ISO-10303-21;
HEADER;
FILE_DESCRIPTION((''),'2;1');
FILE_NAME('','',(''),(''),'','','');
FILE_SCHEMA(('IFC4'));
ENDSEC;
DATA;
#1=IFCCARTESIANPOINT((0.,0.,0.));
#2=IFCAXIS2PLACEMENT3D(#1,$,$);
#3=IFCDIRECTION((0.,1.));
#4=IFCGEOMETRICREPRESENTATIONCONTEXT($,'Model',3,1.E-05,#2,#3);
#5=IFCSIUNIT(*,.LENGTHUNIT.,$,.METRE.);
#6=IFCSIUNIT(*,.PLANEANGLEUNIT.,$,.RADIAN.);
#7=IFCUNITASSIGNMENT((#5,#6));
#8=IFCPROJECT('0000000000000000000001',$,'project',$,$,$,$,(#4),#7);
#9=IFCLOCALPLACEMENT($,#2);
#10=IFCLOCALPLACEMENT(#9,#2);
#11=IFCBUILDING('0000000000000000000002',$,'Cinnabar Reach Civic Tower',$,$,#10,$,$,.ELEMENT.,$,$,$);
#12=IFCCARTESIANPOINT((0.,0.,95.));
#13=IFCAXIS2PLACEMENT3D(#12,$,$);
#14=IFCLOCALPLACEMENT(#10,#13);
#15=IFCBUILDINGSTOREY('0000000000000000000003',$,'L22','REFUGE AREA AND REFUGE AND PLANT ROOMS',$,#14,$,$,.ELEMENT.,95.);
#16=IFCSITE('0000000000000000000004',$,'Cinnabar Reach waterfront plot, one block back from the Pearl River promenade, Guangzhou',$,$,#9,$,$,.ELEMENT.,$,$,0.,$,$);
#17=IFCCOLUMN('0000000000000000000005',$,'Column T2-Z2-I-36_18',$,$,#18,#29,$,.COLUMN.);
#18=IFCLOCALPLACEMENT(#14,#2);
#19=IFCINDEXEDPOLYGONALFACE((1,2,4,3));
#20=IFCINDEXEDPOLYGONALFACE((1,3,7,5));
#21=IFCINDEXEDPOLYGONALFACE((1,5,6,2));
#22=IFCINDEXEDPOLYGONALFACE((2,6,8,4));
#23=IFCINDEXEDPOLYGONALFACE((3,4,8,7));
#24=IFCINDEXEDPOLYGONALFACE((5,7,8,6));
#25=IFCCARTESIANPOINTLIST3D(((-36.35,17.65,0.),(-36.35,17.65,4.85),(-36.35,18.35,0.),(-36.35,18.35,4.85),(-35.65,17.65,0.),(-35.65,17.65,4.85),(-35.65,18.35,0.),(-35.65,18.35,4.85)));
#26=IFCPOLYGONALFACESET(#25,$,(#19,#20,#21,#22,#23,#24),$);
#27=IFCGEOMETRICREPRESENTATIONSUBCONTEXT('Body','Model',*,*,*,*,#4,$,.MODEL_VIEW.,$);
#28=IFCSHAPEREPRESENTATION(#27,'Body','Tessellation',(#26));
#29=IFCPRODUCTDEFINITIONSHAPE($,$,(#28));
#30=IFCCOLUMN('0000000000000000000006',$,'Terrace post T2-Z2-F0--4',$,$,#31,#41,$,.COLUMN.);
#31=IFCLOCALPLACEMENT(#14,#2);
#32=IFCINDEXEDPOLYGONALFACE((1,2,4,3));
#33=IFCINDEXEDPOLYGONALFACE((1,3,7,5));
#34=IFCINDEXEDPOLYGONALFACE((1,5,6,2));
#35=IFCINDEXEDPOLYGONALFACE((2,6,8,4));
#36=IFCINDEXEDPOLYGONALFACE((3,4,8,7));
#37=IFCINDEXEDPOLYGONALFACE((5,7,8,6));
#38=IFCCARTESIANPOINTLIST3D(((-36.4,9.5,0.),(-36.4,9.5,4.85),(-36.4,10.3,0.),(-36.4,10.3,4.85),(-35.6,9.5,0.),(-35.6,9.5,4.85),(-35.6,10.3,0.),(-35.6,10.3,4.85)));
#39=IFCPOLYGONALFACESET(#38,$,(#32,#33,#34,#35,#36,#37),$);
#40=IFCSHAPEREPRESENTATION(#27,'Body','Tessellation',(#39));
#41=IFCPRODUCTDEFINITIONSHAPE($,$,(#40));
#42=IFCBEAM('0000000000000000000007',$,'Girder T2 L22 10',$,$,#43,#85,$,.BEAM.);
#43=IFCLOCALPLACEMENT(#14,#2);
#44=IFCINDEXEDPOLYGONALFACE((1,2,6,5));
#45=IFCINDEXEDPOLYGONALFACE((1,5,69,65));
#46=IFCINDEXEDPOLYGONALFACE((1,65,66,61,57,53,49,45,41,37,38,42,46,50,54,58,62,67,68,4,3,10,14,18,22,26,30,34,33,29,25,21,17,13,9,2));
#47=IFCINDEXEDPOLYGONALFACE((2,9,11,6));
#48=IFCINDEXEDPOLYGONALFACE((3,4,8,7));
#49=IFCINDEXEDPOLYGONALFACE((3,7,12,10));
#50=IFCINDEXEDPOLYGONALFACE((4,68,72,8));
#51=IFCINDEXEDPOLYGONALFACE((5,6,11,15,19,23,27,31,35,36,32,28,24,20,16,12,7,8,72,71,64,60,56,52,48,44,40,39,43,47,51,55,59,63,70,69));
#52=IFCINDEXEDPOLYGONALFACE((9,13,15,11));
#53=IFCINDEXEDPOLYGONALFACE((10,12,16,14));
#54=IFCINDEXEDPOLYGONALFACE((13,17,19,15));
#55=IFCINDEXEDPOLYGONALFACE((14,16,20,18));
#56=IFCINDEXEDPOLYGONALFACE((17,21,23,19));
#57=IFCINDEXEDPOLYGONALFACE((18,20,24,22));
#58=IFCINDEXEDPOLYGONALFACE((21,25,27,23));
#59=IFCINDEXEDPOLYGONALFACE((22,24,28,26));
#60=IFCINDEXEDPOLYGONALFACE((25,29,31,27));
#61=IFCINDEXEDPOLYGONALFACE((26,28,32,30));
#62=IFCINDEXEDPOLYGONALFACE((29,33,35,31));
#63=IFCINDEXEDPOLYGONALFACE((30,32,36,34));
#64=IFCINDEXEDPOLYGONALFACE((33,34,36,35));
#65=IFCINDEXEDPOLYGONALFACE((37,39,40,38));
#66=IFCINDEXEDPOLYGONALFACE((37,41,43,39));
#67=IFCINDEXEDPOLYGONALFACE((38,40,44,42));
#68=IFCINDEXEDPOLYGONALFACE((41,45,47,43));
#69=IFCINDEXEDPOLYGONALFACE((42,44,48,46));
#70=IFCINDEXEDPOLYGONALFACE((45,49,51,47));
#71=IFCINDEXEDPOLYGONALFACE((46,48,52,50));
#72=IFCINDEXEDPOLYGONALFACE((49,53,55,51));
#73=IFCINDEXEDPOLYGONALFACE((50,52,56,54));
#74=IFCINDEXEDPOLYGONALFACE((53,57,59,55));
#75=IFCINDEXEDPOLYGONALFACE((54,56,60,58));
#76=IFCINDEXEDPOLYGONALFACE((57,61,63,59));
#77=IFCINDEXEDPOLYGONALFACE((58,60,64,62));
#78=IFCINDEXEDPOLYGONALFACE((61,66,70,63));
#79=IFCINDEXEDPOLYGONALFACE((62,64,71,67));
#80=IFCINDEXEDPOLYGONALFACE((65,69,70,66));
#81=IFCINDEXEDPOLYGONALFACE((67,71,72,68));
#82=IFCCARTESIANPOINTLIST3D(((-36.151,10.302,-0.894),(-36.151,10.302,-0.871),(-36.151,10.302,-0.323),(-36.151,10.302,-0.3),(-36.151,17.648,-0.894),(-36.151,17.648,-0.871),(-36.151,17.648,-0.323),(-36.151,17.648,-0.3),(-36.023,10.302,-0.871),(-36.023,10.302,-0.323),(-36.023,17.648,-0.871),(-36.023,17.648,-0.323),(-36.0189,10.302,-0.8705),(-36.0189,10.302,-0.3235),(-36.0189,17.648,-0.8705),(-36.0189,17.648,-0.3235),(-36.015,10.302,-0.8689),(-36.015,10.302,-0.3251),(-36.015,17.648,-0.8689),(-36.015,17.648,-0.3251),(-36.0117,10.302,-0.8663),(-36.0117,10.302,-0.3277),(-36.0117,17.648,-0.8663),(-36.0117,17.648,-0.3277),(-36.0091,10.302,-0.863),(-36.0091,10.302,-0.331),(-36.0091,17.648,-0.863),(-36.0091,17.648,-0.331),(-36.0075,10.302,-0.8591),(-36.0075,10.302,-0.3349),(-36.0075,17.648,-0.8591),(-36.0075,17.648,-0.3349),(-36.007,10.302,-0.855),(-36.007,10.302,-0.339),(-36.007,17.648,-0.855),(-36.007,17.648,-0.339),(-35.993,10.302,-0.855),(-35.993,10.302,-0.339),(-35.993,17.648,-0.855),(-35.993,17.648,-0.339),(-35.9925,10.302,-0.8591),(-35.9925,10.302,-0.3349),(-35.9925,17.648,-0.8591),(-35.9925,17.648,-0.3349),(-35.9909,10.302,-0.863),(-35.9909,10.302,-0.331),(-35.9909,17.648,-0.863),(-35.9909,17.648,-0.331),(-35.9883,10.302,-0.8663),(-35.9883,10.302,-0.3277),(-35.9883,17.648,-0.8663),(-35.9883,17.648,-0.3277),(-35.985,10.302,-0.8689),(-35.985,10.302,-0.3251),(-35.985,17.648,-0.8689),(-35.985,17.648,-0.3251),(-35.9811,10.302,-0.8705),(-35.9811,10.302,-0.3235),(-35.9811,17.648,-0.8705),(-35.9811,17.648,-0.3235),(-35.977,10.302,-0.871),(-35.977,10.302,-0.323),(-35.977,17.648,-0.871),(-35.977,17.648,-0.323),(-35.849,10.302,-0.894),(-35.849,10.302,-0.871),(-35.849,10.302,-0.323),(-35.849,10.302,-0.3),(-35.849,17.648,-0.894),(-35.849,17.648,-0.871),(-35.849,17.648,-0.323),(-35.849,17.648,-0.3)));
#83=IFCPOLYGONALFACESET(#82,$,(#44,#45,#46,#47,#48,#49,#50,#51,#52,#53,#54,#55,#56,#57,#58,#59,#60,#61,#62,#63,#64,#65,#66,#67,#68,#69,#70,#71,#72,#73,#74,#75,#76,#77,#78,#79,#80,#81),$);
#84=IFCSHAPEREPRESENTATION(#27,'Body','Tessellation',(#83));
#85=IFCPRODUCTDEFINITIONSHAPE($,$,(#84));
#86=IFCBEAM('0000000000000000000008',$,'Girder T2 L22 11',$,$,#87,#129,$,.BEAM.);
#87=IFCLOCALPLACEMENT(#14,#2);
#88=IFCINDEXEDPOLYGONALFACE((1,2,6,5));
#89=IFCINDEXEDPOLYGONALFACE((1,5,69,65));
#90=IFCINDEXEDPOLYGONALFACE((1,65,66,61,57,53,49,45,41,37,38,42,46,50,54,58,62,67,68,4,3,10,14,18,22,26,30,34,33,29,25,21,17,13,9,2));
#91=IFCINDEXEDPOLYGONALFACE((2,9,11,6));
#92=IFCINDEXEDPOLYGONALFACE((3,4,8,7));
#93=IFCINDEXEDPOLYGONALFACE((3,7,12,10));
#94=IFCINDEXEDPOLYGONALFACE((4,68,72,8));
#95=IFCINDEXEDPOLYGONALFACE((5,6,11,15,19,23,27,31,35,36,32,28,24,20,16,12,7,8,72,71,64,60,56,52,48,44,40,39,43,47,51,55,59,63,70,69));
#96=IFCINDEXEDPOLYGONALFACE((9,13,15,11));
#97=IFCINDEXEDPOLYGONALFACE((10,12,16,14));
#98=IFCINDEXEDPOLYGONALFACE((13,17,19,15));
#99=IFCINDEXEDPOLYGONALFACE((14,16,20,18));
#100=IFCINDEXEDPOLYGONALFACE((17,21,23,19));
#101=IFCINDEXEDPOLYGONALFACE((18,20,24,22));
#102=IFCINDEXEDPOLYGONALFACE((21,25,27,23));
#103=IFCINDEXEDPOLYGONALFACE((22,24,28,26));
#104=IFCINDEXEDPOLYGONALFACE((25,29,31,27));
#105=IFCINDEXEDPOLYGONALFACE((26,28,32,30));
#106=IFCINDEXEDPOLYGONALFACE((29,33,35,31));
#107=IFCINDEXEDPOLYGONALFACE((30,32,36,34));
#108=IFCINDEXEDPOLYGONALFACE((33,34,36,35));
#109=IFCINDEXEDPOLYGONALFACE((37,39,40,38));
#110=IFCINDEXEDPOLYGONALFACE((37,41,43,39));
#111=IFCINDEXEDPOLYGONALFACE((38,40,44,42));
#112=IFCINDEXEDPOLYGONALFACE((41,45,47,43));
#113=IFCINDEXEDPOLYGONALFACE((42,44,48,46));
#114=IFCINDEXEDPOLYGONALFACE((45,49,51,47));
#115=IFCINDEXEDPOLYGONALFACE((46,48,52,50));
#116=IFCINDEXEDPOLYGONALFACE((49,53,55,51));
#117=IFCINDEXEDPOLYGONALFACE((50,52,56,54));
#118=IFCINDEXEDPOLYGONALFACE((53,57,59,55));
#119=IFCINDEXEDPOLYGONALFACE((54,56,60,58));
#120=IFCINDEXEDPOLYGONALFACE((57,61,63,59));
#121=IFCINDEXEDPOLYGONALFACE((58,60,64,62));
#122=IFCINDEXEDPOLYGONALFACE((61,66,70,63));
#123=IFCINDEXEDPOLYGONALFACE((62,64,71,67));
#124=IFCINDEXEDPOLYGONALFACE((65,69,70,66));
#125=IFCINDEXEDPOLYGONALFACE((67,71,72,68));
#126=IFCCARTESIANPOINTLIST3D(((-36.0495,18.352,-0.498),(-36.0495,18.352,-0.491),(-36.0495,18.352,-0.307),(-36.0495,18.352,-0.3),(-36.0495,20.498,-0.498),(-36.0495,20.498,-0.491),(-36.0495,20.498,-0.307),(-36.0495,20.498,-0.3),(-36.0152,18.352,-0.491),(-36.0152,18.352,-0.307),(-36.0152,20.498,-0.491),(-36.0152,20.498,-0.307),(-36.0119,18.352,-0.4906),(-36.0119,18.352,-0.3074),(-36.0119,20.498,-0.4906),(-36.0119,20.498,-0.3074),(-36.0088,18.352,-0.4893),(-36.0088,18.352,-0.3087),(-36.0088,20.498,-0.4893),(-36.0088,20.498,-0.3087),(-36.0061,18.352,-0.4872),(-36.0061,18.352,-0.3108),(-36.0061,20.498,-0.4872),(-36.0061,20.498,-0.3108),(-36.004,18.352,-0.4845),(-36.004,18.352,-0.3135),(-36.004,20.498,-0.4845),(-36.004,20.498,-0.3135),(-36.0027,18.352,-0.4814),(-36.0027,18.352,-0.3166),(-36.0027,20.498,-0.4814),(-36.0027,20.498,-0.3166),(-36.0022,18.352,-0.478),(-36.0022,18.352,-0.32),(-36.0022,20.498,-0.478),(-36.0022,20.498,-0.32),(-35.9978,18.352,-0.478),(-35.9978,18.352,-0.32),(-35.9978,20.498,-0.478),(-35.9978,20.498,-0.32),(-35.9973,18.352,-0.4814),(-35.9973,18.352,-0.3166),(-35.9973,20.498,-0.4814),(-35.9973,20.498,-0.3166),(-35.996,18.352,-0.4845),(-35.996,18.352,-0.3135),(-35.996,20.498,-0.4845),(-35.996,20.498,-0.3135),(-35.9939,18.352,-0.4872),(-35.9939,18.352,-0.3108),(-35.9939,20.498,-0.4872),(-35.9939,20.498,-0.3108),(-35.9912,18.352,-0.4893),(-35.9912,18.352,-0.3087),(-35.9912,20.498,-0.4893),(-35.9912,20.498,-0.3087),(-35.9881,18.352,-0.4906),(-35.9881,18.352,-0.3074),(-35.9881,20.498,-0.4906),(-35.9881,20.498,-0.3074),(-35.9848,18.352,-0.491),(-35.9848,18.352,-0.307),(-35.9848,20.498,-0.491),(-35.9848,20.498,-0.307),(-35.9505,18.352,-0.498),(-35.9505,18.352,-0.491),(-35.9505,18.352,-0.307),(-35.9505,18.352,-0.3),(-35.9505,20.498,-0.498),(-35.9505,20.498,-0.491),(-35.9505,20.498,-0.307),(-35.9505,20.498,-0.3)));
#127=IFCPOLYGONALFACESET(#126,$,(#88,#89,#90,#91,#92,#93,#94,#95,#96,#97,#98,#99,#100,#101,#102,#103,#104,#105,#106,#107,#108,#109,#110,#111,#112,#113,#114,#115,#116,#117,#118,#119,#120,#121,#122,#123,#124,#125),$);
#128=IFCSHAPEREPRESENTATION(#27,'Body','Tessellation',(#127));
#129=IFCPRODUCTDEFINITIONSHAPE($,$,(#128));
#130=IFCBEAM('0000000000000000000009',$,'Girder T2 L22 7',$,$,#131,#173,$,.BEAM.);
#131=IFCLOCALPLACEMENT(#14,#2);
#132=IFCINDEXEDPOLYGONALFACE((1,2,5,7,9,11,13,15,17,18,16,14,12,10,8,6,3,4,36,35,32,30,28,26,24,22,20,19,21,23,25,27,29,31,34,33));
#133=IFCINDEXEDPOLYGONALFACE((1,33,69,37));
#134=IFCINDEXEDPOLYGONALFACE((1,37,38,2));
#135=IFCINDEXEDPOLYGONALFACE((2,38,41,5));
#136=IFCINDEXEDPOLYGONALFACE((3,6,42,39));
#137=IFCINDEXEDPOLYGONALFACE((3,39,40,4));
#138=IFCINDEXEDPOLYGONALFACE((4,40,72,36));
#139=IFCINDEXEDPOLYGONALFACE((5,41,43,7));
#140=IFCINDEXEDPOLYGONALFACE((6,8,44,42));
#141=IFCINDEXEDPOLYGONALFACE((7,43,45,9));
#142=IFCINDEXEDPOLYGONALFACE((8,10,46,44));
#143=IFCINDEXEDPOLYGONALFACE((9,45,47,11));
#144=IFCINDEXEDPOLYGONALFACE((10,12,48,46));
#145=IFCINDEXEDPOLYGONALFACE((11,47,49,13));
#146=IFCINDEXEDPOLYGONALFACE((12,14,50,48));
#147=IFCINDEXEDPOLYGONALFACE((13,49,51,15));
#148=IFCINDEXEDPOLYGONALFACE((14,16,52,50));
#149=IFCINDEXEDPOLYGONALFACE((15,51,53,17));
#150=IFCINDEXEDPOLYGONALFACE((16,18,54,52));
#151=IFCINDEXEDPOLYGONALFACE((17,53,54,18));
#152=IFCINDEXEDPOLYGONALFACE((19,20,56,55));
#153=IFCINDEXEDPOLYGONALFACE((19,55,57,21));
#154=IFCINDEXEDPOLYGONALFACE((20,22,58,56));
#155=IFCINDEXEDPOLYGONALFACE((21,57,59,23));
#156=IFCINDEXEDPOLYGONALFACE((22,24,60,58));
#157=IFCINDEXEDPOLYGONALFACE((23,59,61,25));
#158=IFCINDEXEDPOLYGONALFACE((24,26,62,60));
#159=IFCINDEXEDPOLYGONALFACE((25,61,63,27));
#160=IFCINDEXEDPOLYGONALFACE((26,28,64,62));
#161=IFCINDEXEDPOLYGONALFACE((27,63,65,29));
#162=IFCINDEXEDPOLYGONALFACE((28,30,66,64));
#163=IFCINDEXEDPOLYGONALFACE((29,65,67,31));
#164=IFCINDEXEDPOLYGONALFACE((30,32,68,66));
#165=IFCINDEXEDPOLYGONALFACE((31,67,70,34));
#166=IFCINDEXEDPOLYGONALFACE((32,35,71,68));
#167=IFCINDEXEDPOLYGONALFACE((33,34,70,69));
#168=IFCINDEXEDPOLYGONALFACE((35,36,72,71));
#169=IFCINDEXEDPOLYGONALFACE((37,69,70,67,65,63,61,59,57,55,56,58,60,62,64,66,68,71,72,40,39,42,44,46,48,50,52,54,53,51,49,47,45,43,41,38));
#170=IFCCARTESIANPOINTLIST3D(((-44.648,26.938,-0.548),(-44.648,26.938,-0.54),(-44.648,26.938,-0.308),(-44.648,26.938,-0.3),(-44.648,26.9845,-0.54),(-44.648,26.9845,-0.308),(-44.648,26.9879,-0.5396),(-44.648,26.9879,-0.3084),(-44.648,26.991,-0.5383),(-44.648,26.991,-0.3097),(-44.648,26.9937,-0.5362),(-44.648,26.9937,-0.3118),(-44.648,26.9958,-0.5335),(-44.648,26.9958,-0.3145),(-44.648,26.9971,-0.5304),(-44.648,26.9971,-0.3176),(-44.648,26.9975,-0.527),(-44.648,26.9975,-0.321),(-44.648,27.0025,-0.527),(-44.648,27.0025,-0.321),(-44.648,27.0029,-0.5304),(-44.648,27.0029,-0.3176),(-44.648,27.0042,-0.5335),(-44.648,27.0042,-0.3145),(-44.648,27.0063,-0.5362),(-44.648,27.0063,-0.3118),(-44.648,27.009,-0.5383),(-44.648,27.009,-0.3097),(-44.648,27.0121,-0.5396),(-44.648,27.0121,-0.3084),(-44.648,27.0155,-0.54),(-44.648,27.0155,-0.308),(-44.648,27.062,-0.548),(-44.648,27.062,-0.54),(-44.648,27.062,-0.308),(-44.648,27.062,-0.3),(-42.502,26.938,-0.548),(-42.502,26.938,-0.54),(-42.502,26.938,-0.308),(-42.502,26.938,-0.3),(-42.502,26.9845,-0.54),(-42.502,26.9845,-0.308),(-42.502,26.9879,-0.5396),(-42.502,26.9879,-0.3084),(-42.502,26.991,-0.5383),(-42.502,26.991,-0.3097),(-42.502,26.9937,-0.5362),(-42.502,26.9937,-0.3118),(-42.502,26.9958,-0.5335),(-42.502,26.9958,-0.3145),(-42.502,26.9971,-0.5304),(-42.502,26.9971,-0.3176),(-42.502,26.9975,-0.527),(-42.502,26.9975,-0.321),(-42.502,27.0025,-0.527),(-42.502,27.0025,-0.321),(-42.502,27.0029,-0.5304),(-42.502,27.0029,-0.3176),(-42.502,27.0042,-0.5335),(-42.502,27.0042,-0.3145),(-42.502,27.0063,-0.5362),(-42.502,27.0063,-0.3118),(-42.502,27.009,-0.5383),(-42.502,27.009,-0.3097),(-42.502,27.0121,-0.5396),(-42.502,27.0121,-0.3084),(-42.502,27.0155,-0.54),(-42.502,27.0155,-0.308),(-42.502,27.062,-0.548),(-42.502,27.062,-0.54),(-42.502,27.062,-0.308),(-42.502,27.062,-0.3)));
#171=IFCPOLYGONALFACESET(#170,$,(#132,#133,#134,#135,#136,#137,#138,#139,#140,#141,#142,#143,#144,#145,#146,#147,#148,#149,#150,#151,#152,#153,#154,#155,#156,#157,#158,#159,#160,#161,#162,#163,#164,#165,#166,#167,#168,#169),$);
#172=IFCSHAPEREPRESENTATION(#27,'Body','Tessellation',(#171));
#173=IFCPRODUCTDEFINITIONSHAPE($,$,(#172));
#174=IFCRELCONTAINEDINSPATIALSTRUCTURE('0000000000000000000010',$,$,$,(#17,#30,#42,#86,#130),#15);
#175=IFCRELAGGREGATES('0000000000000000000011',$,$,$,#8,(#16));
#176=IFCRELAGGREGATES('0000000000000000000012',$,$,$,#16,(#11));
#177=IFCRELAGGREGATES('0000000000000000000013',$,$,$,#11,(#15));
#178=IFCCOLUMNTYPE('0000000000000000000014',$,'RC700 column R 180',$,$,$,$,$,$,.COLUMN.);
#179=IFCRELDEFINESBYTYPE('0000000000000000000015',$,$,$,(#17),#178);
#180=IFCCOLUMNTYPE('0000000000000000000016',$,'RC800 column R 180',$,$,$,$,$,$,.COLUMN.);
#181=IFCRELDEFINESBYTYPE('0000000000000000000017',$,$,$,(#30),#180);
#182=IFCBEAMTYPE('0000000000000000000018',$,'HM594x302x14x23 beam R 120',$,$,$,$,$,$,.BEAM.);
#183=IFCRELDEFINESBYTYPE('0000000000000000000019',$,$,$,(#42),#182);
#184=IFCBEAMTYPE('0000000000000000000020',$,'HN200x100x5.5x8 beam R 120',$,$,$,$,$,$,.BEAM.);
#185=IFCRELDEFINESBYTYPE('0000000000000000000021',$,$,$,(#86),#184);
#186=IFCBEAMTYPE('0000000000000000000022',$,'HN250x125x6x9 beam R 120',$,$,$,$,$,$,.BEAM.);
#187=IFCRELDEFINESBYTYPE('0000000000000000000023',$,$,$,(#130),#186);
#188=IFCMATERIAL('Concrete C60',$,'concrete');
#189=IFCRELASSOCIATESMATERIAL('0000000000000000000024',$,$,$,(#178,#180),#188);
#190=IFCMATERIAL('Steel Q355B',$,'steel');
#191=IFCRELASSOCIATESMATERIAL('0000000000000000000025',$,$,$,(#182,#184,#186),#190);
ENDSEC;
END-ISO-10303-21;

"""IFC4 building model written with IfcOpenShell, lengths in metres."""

from ifc_helpers import new_model, si_unit, direction, frame, origin, origin_2d, place, context, subcontext, project, spatial, rectangle, i_section, extrude, material, material_profile, profile_set, type_object, element, save


model = new_model("IFC4")

# Units and contexts
model_context = context("Model", 3, precision=1e-05, world=origin(), true_north=direction((0.0, 1.0)))
body_context = subcontext(model_context, "Body", "Model", "MODEL_VIEW")
ifc_project = project(units=[si_unit("LENGTHUNIT", "METRE"), si_unit("PLANEANGLEUNIT", "RADIAN")], contexts=[model_context])

# Site, building, storey
site_placement = place(None, origin())
site = spatial("IfcSite", under=ifc_project, at=site_placement, Name="Cinnabar Reach waterfront plot, one block back from the Pearl River promenade, Guangzhou", CompositionType="ELEMENT", RefElevation=0.0)
building_placement = place(site_placement, origin())
building = spatial("IfcBuilding", under=site, at=building_placement, Name="Cinnabar Reach Civic Tower", CompositionType="ELEMENT")
storey_placement = place(building_placement, frame((0.0, 0.0, 95.0)))
storey = spatial("IfcBuildingStorey", under=building, at=storey_placement, Name="L22", Description="REFUGE AREA AND REFUGE AND PLANT ROOMS", CompositionType="ELEMENT", Elevation=95.0)

# Columns
ifc_material_1 = material(Name="Concrete C60", Category="concrete")
ifc_material_profile_1 = material_profile(ifc_material_1, rectangle(XDim=0.7, YDim=0.7, at=origin_2d()), Name="RC700")
ifc_profile_set_1 = profile_set([ifc_material_profile_1], Name="Concrete C60")
column_type_1 = type_object("IfcColumnType", Name="RC700 column R 180", PredefinedType="COLUMN", material=ifc_profile_set_1)
column_1_placement = place(storey_placement, frame((-36.0, 18.0, 0.0), z_axis=(0.0, 0.0, 1.0), x_axis=(1.0, 0.0, 0.0)))
element("IfcColumn", 1, at=column_1_placement, inside=storey, type_object=column_type_1, Name="Column T2-Z2-I-36_18", PredefinedType="COLUMN", context=body_context, shape_type="SweptSolid", body=[
    extrude(rectangle(XDim=0.7, YDim=0.7, at=origin_2d()), origin(), (0.0, 0.0, 1.0), 4.85),
])
ifc_material_profile_2 = material_profile(ifc_material_1, rectangle(XDim=0.8, YDim=0.8, at=origin_2d()), Name="RC800")
ifc_profile_set_2 = profile_set([ifc_material_profile_2], Name="Concrete C60")
column_type_2 = type_object("IfcColumnType", Name="RC800 column R 180", PredefinedType="COLUMN", material=ifc_profile_set_2)
column_2_placement = place(storey_placement, frame((-36.0, 9.9, 0.0), z_axis=(0.0, 0.0, 1.0), x_axis=(1.0, 0.0, 0.0)))
element("IfcColumn", 2, at=column_2_placement, inside=storey, type_object=column_type_2, Name="Terrace post T2-Z2-F0--4", PredefinedType="COLUMN", context=body_context, shape_type="SweptSolid", body=[
    extrude(rectangle(XDim=0.8, YDim=0.8, at=origin_2d()), origin(), (0.0, 0.0, 1.0), 4.85),
])

# Beams
ifc_material_2 = material(Name="Steel Q355B", Category="steel")
ifc_material_profile_3 = material_profile(ifc_material_2, i_section(OverallWidth=0.302, OverallDepth=0.594, WebThickness=0.014, FlangeThickness=0.023, FilletRadius=0.016, at=origin_2d()), Name="HM594x302x14x23")
ifc_profile_set_3 = profile_set([ifc_material_profile_3], Name="Steel Q355B")
beam_type_1 = type_object("IfcBeamType", Name="HM594x302x14x23 beam R 120", PredefinedType="BEAM", material=ifc_profile_set_3)
beam_1_placement = place(storey_placement, frame((-36.0, 10.302, -0.597), z_axis=(0.0, 1.0, 0.0), x_axis=(-1.0, 0.0, 0.0)))
element("IfcBeam", 3, at=beam_1_placement, inside=storey, type_object=beam_type_1, Name="Girder T2 L22 10", PredefinedType="BEAM", context=body_context, shape_type="SweptSolid", body=[
    extrude(i_section(OverallWidth=0.302, OverallDepth=0.594, WebThickness=0.014, FlangeThickness=0.023, FilletRadius=0.016, at=origin_2d()), origin(), (0.0, 0.0, 1.0), 7.346),
])
ifc_material_profile_4 = material_profile(ifc_material_2, i_section(OverallWidth=0.099, OverallDepth=0.198, WebThickness=0.0045, FlangeThickness=0.007, FilletRadius=0.013, at=origin_2d()), Name="HN200x100x5.5x8")
ifc_profile_set_4 = profile_set([ifc_material_profile_4], Name="Steel Q355B")
beam_type_2 = type_object("IfcBeamType", Name="HN200x100x5.5x8 beam R 120", PredefinedType="BEAM", material=ifc_profile_set_4)
beam_2_placement = place(storey_placement, frame((-36.0, 18.352, -0.399), z_axis=(0.0, 1.0, 0.0), x_axis=(-1.0, 0.0, 0.0)))
element("IfcBeam", 4, at=beam_2_placement, inside=storey, type_object=beam_type_2, Name="Girder T2 L22 11", PredefinedType="BEAM", context=body_context, shape_type="SweptSolid", body=[
    extrude(i_section(OverallWidth=0.099, OverallDepth=0.198, WebThickness=0.0045, FlangeThickness=0.007, FilletRadius=0.013, at=origin_2d()), origin(), (0.0, 0.0, 1.0), 2.146),
])
ifc_material_profile_5 = material_profile(ifc_material_2, i_section(OverallWidth=0.124, OverallDepth=0.248, WebThickness=0.005, FlangeThickness=0.008, FilletRadius=0.013, at=origin_2d()), Name="HN250x125x6x9")
ifc_profile_set_5 = profile_set([ifc_material_profile_5], Name="Steel Q355B")
beam_type_3 = type_object("IfcBeamType", Name="HN250x125x6x9 beam R 120", PredefinedType="BEAM", material=ifc_profile_set_5)
beam_3_placement = place(storey_placement, frame((-44.648, 27.0, -0.424), z_axis=(1.0, 0.0, 0.0), x_axis=(0.0, 1.0, 0.0)))
element("IfcBeam", 5, at=beam_3_placement, inside=storey, type_object=beam_type_3, Name="Girder T2 L22 7", PredefinedType="BEAM", context=body_context, shape_type="SweptSolid", body=[
    extrude(i_section(OverallWidth=0.124, OverallDepth=0.248, WebThickness=0.005, FlangeThickness=0.008, FilletRadius=0.013, at=origin_2d()), origin(), (0.0, 0.0, 1.0), 2.146),
])

save(model, "model.ifc")
